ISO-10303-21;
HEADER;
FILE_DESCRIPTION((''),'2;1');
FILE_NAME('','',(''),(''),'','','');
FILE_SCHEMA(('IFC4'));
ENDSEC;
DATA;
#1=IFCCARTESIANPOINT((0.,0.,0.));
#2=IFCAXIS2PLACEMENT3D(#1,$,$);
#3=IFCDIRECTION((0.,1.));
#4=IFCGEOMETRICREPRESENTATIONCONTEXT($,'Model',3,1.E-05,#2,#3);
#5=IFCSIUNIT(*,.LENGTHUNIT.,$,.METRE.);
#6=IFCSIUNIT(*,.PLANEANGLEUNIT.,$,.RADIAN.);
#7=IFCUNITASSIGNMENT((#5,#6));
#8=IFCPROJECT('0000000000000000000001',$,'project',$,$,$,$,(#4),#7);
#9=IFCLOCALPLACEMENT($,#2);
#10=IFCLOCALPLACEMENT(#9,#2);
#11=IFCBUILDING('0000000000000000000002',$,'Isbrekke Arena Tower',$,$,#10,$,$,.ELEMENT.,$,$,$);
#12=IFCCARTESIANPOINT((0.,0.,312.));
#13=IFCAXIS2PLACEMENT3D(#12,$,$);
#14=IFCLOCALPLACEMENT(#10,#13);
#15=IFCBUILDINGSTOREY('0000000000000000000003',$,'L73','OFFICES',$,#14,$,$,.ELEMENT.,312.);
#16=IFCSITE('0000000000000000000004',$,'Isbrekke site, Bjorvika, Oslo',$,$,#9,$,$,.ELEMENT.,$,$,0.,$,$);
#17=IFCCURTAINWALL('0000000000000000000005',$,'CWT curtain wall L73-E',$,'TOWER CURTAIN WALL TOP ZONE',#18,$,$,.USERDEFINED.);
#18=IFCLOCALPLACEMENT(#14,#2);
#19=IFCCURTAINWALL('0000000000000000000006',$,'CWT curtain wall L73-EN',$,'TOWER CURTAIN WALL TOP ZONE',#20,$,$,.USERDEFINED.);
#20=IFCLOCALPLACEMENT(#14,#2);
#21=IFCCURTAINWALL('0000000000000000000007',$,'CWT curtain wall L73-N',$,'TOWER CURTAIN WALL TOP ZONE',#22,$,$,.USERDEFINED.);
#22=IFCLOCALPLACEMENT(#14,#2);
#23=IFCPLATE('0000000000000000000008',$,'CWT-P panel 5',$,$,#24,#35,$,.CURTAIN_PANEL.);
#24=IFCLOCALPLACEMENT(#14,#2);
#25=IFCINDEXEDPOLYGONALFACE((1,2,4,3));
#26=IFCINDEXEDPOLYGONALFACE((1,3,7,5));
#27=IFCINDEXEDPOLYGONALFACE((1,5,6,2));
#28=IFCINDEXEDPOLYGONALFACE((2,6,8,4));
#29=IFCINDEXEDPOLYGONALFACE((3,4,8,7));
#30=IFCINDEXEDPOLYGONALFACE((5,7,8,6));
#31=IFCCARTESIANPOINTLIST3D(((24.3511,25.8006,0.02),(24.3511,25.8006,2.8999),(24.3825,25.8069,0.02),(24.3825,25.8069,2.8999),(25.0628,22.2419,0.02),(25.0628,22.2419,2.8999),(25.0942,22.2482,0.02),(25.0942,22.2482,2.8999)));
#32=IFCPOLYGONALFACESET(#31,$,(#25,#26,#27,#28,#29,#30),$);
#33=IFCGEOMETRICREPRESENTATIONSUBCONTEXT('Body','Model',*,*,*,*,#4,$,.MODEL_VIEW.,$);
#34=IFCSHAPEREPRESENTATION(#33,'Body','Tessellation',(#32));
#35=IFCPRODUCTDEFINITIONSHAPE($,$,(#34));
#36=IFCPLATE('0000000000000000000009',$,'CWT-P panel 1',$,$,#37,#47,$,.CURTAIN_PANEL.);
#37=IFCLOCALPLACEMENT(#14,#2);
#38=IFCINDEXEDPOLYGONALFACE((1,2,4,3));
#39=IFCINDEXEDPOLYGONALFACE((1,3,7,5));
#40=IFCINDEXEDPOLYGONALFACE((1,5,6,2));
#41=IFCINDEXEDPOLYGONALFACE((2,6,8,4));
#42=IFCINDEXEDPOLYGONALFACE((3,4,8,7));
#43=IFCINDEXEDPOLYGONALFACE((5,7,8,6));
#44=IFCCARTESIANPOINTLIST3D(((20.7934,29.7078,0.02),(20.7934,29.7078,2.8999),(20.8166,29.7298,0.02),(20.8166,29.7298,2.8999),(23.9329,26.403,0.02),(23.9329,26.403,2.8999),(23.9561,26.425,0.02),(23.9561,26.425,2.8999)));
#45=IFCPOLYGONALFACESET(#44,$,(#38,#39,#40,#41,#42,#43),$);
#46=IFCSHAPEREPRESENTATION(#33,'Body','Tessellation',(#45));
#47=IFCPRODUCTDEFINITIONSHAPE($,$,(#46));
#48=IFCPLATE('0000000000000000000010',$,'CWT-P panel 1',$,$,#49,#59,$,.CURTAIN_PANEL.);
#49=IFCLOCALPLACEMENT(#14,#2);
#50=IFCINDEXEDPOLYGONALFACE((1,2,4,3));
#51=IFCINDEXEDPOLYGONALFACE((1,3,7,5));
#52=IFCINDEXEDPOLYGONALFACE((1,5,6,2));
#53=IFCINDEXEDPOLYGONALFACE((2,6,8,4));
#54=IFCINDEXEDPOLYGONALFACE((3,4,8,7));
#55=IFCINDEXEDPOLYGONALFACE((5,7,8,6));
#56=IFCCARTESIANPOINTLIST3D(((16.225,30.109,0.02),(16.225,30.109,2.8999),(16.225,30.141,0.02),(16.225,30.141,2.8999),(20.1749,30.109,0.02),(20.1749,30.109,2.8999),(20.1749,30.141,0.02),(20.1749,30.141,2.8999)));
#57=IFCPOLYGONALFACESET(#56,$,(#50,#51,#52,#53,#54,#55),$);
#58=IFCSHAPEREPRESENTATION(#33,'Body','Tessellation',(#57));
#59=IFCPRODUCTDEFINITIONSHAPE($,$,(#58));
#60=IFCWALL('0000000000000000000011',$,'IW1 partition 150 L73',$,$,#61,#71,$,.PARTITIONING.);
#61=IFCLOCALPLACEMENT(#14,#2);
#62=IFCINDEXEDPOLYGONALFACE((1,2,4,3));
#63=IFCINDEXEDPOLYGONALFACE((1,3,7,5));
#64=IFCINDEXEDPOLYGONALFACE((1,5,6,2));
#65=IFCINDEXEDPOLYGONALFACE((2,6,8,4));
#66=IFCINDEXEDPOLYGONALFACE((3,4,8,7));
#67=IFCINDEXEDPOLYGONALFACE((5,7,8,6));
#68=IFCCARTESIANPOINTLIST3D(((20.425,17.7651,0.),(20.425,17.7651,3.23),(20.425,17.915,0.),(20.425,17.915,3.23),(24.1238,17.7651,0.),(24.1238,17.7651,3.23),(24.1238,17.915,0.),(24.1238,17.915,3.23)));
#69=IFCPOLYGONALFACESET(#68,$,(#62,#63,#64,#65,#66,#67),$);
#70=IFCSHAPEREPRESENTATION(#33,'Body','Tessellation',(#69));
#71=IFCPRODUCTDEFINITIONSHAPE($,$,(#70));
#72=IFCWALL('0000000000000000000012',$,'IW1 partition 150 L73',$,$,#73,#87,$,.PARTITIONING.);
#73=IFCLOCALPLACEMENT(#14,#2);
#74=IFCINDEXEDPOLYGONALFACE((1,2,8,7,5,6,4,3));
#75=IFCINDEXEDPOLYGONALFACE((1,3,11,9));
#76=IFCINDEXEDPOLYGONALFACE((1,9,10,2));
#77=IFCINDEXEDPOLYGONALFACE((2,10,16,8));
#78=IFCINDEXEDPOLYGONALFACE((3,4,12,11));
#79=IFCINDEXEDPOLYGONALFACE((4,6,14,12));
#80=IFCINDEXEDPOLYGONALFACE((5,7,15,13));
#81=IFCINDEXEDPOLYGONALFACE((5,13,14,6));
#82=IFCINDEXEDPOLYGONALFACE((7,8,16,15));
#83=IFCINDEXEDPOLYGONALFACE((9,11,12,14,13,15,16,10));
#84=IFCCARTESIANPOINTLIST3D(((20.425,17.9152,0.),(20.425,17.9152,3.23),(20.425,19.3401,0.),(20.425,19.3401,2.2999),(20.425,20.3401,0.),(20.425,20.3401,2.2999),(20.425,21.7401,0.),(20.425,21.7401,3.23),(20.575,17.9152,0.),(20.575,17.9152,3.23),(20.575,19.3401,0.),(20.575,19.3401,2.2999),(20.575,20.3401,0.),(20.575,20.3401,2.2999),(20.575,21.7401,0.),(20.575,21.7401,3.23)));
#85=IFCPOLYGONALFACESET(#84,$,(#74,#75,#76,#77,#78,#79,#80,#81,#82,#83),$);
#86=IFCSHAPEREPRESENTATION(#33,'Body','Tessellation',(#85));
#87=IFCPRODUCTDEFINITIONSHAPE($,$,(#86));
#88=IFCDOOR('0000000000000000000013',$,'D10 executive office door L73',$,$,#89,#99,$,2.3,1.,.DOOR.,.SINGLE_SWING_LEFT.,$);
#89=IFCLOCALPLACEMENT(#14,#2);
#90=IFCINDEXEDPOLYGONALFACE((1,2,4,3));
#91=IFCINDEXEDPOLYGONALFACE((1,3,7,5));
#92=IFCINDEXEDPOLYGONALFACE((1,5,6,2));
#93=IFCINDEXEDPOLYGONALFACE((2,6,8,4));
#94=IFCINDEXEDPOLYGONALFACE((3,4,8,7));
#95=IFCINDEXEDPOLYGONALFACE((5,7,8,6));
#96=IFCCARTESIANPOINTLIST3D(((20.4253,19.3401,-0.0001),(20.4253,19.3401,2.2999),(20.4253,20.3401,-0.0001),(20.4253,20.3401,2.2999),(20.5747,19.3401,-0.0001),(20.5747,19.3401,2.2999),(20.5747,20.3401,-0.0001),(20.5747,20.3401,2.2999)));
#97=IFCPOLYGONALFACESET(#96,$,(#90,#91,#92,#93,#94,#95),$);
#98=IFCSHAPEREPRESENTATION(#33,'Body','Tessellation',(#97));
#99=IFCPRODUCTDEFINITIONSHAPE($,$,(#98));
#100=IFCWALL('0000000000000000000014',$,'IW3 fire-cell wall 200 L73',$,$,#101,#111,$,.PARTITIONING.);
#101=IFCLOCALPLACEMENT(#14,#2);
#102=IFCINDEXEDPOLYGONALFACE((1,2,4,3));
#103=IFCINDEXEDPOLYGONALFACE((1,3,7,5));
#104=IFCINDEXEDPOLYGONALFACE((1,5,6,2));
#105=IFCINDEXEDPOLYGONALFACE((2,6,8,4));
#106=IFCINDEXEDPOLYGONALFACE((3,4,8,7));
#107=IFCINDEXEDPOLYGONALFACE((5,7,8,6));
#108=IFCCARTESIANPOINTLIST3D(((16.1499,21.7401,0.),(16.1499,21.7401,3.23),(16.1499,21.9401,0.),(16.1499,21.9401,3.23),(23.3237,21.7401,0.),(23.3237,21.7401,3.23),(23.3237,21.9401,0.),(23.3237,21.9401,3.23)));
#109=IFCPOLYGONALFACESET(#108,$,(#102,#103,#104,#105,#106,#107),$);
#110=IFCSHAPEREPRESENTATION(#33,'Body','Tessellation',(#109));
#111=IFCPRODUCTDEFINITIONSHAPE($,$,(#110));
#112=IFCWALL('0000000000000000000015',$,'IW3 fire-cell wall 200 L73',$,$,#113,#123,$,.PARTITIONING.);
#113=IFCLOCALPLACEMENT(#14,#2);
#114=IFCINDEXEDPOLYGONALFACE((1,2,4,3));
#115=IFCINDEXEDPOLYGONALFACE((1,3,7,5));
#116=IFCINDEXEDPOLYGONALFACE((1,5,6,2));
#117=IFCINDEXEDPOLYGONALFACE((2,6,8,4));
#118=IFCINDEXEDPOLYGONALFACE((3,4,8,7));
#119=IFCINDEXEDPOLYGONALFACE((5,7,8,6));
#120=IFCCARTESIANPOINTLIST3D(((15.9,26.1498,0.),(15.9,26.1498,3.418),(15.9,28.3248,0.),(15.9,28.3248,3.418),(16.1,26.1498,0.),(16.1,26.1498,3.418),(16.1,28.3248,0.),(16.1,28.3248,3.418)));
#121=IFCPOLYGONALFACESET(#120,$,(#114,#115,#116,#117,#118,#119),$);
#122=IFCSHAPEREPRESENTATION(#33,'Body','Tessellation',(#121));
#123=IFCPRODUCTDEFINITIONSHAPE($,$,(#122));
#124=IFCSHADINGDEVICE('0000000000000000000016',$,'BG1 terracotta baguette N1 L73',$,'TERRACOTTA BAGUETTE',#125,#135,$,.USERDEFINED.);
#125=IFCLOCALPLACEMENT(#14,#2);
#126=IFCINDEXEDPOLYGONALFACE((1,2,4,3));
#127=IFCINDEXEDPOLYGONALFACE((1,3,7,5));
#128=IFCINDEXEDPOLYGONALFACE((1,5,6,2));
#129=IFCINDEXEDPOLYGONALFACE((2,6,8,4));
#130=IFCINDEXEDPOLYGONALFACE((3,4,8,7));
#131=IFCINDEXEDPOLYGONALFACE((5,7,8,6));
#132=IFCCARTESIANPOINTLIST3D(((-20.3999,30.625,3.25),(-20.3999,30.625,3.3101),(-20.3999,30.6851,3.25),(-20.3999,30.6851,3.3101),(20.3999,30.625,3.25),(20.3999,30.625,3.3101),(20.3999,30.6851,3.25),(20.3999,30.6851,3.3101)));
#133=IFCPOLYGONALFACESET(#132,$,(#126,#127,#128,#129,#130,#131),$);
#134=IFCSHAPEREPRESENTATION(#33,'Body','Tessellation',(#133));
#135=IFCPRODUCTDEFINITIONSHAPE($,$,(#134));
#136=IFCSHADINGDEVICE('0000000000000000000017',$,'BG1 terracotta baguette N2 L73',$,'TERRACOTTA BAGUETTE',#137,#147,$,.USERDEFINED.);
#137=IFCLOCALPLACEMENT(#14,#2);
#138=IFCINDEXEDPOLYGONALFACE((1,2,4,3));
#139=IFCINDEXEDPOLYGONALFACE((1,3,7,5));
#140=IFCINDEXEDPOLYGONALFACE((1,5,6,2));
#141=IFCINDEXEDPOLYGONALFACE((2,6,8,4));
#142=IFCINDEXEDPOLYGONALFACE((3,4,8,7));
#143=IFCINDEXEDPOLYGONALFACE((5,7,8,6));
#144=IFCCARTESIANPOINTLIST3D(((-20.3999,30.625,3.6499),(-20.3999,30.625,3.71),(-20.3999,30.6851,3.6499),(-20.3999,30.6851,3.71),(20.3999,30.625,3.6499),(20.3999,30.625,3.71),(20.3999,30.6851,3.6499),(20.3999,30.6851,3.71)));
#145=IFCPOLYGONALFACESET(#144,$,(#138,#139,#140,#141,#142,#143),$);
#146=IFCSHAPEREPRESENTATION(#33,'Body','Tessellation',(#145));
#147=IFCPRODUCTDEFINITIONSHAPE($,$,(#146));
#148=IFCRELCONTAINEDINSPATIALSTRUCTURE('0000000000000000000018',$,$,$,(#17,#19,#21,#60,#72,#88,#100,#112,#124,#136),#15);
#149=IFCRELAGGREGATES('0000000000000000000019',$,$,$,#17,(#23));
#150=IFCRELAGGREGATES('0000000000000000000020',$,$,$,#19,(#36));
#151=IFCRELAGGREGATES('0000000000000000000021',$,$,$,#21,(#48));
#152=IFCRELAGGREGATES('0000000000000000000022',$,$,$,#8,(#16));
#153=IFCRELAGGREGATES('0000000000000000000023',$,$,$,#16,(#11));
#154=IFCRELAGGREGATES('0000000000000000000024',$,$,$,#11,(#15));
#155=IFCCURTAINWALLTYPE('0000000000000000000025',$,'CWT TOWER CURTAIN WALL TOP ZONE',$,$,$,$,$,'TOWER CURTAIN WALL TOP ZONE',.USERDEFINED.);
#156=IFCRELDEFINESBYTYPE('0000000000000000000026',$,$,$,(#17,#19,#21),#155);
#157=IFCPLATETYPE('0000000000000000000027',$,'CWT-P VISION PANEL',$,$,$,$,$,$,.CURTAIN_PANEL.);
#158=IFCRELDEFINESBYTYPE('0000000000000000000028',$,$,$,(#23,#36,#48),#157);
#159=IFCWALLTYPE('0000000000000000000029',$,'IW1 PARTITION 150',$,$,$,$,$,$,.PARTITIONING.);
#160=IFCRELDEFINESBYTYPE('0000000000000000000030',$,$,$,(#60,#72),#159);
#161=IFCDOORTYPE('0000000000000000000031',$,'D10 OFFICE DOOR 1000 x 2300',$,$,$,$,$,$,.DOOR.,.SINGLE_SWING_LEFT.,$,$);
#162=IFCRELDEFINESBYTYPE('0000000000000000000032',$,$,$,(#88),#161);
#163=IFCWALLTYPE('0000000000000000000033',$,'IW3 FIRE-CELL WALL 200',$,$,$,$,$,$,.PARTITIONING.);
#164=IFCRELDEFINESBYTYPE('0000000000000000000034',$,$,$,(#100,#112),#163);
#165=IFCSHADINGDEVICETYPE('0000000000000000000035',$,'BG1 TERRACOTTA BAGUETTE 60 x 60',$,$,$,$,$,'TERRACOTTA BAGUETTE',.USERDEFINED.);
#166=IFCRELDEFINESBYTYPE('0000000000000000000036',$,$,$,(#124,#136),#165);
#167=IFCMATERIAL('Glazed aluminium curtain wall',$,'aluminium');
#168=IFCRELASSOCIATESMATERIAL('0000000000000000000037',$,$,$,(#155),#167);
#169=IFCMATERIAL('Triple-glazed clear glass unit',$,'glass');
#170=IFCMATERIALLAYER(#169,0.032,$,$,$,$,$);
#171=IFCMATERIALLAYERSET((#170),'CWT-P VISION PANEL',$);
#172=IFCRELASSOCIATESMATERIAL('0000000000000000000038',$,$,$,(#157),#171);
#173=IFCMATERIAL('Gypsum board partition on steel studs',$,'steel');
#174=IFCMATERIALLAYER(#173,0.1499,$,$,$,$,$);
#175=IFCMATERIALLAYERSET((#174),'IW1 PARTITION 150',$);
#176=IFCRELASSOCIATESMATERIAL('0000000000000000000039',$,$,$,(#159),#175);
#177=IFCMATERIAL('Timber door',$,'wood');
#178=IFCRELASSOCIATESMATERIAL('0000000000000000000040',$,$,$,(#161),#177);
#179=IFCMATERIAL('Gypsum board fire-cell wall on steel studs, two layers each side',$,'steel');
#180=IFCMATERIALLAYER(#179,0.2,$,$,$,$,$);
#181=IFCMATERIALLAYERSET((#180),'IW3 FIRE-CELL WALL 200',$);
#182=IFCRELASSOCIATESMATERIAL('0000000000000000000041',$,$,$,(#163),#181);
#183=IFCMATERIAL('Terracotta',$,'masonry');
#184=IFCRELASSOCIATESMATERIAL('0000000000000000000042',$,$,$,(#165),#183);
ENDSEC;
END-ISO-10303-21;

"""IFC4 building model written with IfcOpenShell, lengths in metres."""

from ifc_helpers import new_model, si_unit, direction, frame, frame_2d, origin, origin_2d, place, context, subcontext, project, spatial, rectangle, extrude, material, layer, layer_set, material_profile, profile_set, type_object, element, fill, aggregate, save


model = new_model("IFC4")

# Units and contexts
model_context = context("Model", 3, precision=1e-05, world=origin(), true_north=direction((0.0, 1.0)))
body_context = subcontext(model_context, "Body", "Model", "MODEL_VIEW")
ifc_project = project(units=[si_unit("LENGTHUNIT", "METRE"), si_unit("PLANEANGLEUNIT", "RADIAN")], contexts=[model_context])

# Site, building, storey
site_placement = place(None, origin())
site = spatial("IfcSite", under=ifc_project, at=site_placement, Name="Isbrekke site, Bjorvika, Oslo", CompositionType="ELEMENT", RefElevation=0.0)
building_placement = place(site_placement, origin())
building = spatial("IfcBuilding", under=site, at=building_placement, Name="Isbrekke Arena Tower", CompositionType="ELEMENT")
storey_placement = place(building_placement, frame((0.0, 0.0, 312.0)))
storey = spatial("IfcBuildingStorey", under=building, at=storey_placement, Name="L73", Description="OFFICES", CompositionType="ELEMENT", Elevation=312.0)

# Curtain walls
ifc_material_1 = material(Name="Glazed aluminium curtain wall", Category="aluminium")
curtain_wall_type = type_object("IfcCurtainWallType", Name="CWT TOWER CURTAIN WALL TOP ZONE", ElementType="TOWER CURTAIN WALL TOP ZONE", PredefinedType="USERDEFINED", material=ifc_material_1)
curtain_wall_1_placement = place(storey_placement, origin())
curtain_wall_1 = element("IfcCurtainWall", 1, at=curtain_wall_1_placement, inside=storey, type_object=curtain_wall_type, Name="CWT curtain wall L73-E", ObjectType="TOWER CURTAIN WALL TOP ZONE", PredefinedType="USERDEFINED")
curtain_wall_2_placement = place(storey_placement, origin())
curtain_wall_2 = element("IfcCurtainWall", 2, at=curtain_wall_2_placement, inside=storey, type_object=curtain_wall_type, Name="CWT curtain wall L73-EN", ObjectType="TOWER CURTAIN WALL TOP ZONE", PredefinedType="USERDEFINED")
curtain_wall_3_placement = place(storey_placement, origin())
curtain_wall_3 = element("IfcCurtainWall", 3, at=curtain_wall_3_placement, inside=storey, type_object=curtain_wall_type, Name="CWT curtain wall L73-N", ObjectType="TOWER CURTAIN WALL TOP ZONE", PredefinedType="USERDEFINED")

# Plates
ifc_material_2 = material(Name="Triple-glazed clear glass unit", Category="glass")
ifc_layer_1 = layer(ifc_material_2, 0.032)
ifc_layer_set_1 = layer_set([ifc_layer_1], Name="CWT-P VISION PANEL")
plate_type = type_object("IfcPlateType", Name="CWT-P VISION PANEL", PredefinedType="CURTAIN_PANEL", material=ifc_layer_set_1)
plate_1_placement = place(storey_placement, frame((24.7227, 24.0244, 0.02), z_axis=(0.0, 0.0, 1.0), x_axis=(-0.196116, 0.980581, 0.0)))
plate_1 = element("IfcPlate", 4, at=plate_1_placement, type_object=plate_type, Name="CWT-P panel 5", PredefinedType="CURTAIN_PANEL", context=body_context, shape_type="SweptSolid", body=[
    extrude(rectangle(XDim=3.6292, YDim=0.032, at=origin_2d()), origin(), (0.0, 0.0, 1.0), 2.8799),
])
aggregate(curtain_wall_1, [plate_1])
plate_2_placement = place(storey_placement, frame((22.3748, 28.0664, 0.02), z_axis=(0.0, 0.0, 1.0), x_axis=(-0.688749, 0.724999, 0.0)))
plate_2 = element("IfcPlate", 5, at=plate_2_placement, type_object=plate_type, Name="CWT-P panel 1", PredefinedType="CURTAIN_PANEL", context=body_context, shape_type="SweptSolid", body=[
    extrude(rectangle(XDim=4.5583, YDim=0.032, at=origin_2d()), origin(), (0.0, 0.0, 1.0), 2.8799),
])
aggregate(curtain_wall_2, [plate_2])
plate_3_placement = place(storey_placement, frame((18.2, 30.125, 0.02), z_axis=(0.0, 0.0, 1.0), x_axis=(-1.0, 0.0, 0.0)))
plate_3 = element("IfcPlate", 6, at=plate_3_placement, type_object=plate_type, Name="CWT-P panel 1", PredefinedType="CURTAIN_PANEL", context=body_context, shape_type="SweptSolid", body=[
    extrude(rectangle(XDim=3.95, YDim=0.032, at=origin_2d()), origin(), (0.0, 0.0, 1.0), 2.8799),
])
aggregate(curtain_wall_3, [plate_3])

# Wall
ifc_material_3 = material(Name="Gypsum board partition on steel studs", Category="steel")
ifc_layer_2 = layer(ifc_material_3, 0.1499)
ifc_layer_set_2 = layer_set([ifc_layer_2], Name="IW1 PARTITION 150")
wall_type_1 = type_object("IfcWallType", Name="IW1 PARTITION 150", PredefinedType="PARTITIONING", material=ifc_layer_set_2)
wall_1_placement = place(storey_placement, frame((20.425, 17.8401, 0.0), z_axis=(0.0, 0.0, 1.0), x_axis=(1.0, 0.0, 0.0)))
element("IfcWall", 7, at=wall_1_placement, inside=storey, type_object=wall_type_1, Name="IW1 partition 150 L73", PredefinedType="PARTITIONING", context=body_context, shape_type="SweptSolid", body=[
    extrude(rectangle(XDim=3.6987, YDim=0.1499, at=frame_2d((1.8494, 0.0))), origin(), (0.0, 0.0, 1.0), 3.23),
])

# Wall, opening, door
wall_2_placement = place(storey_placement, frame((20.5, 17.915, 0.0), z_axis=(0.0, 0.0, 1.0), x_axis=(0.0, 1.0, 0.0)))
wall_2 = element("IfcWall", 8, at=wall_2_placement, inside=storey, type_object=wall_type_1, Name="IW1 partition 150 L73", PredefinedType="PARTITIONING", context=body_context, shape_type="SweptSolid", body=[
    extrude(rectangle(XDim=3.825, YDim=0.1499, at=frame_2d((1.9126, 0.0))), origin(), (0.0, 0.0, 1.0), 3.23),
])
opening_placement = place(wall_2_placement, frame((1.425, 0.0, 0.0)))
opening = element("IfcOpeningElement", 9, at=opening_placement, cuts=wall_2, PredefinedType="OPENING", context=body_context, shape_type="SweptSolid", body=[
    extrude(rectangle(XDim=1.0, YDim=2.3, at=frame_2d((0.5, 1.1499))), frame((0.0, 0.0898, 0.0), z_axis=(0.0, -1.0, 0.0), x_axis=(1.0, 0.0, 0.0)), (0.0, 0.0, 1.0), 0.1797),
])
ifc_material_4 = material(Name="Timber door", Category="wood")
door_type = type_object("IfcDoorType", Name="D10 OFFICE DOOR 1000 x 2300", OperationType="SINGLE_SWING_LEFT", PredefinedType="DOOR", material=ifc_material_4)
door_placement = place(opening_placement, origin())
door = element("IfcDoor", 10, at=door_placement, inside=storey, type_object=door_type, Name="D10 executive office door L73", OperationType="SINGLE_SWING_LEFT", OverallHeight=2.3, OverallWidth=1.0, PredefinedType="DOOR", context=body_context, shape_type="SweptSolid", body=[
    extrude(rectangle(XDim=1.0, YDim=2.3, at=frame_2d((0.5, 1.1499))), frame((0.0, 0.0747, 0.0), z_axis=(0.0, -1.0, 0.0), x_axis=(1.0, 0.0, 0.0)), (0.0, 0.0, 1.0), 0.1494),
])
fill(opening, door)

# Walls
ifc_material_5 = material(Name="Gypsum board fire-cell wall on steel studs, two layers each side", Category="steel")
ifc_layer_3 = layer(ifc_material_5, 0.2)
ifc_layer_set_3 = layer_set([ifc_layer_3], Name="IW3 FIRE-CELL WALL 200")
wall_type_2 = type_object("IfcWallType", Name="IW3 FIRE-CELL WALL 200", PredefinedType="PARTITIONING", material=ifc_layer_set_3)
wall_3_placement = place(storey_placement, frame((16.1499, 21.8401, 0.0), z_axis=(0.0, 0.0, 1.0), x_axis=(1.0, 0.0, 0.0)))
element("IfcWall", 11, at=wall_3_placement, inside=storey, type_object=wall_type_2, Name="IW3 fire-cell wall 200 L73", PredefinedType="PARTITIONING", context=body_context, shape_type="SweptSolid", body=[
    extrude(rectangle(XDim=7.1738, YDim=0.2, at=frame_2d((3.5869, 0.0))), origin(), (0.0, 0.0, 1.0), 3.23),
])
wall_4_placement = place(storey_placement, frame((16.0, 26.1499, 0.0), z_axis=(0.0, 0.0, 1.0), x_axis=(0.0, 1.0, 0.0)))
element("IfcWall", 12, at=wall_4_placement, inside=storey, type_object=wall_type_2, Name="IW3 fire-cell wall 200 L73", PredefinedType="PARTITIONING", context=body_context, shape_type="SweptSolid", body=[
    extrude(rectangle(XDim=2.175, YDim=0.2, at=frame_2d((1.0874, 0.0))), origin(), (0.0, 0.0, 1.0), 3.418),
])

# Shading devices
ifc_material_6 = material(Name="Terracotta", Category="masonry")
ifc_material_profile_1 = material_profile(ifc_material_6, rectangle(XDim=0.0601, YDim=0.0601, at=origin_2d()), Name="BAGUETTE 60X60")
ifc_profile_set_1 = profile_set([ifc_material_profile_1], Name="Terracotta")
shading_device_type = type_object("IfcShadingDeviceType", Name="BG1 TERRACOTTA BAGUETTE 60 x 60", ElementType="TERRACOTTA BAGUETTE", PredefinedType="USERDEFINED", material=ifc_profile_set_1)
for number, where, z_axis, x_axis, name in (
    (13, (20.3999, 30.655, 3.28), (-1.0, 0.0, 0.0), (0.0, -1.0, 0.0), "BG1 terracotta baguette N1 L73"),
    (14, (20.3999, 30.655, 3.6799), (-1.0, 0.0, 0.0), (0.0, -1.0, 0.0), "BG1 terracotta baguette N2 L73"),
):
    element("IfcShadingDevice", number, at=place(storey_placement, frame(where, z_axis=z_axis, x_axis=x_axis)), inside=storey, type_object=shading_device_type, Name=name, ObjectType="TERRACOTTA BAGUETTE", PredefinedType="USERDEFINED", context=body_context, shape_type="SweptSolid", body=[
        extrude(rectangle(XDim=0.0601, YDim=0.0601, at=origin_2d()), origin(), (0.0, 0.0, 1.0), 40.7998),
    ])

save(model, "model.ifc")
